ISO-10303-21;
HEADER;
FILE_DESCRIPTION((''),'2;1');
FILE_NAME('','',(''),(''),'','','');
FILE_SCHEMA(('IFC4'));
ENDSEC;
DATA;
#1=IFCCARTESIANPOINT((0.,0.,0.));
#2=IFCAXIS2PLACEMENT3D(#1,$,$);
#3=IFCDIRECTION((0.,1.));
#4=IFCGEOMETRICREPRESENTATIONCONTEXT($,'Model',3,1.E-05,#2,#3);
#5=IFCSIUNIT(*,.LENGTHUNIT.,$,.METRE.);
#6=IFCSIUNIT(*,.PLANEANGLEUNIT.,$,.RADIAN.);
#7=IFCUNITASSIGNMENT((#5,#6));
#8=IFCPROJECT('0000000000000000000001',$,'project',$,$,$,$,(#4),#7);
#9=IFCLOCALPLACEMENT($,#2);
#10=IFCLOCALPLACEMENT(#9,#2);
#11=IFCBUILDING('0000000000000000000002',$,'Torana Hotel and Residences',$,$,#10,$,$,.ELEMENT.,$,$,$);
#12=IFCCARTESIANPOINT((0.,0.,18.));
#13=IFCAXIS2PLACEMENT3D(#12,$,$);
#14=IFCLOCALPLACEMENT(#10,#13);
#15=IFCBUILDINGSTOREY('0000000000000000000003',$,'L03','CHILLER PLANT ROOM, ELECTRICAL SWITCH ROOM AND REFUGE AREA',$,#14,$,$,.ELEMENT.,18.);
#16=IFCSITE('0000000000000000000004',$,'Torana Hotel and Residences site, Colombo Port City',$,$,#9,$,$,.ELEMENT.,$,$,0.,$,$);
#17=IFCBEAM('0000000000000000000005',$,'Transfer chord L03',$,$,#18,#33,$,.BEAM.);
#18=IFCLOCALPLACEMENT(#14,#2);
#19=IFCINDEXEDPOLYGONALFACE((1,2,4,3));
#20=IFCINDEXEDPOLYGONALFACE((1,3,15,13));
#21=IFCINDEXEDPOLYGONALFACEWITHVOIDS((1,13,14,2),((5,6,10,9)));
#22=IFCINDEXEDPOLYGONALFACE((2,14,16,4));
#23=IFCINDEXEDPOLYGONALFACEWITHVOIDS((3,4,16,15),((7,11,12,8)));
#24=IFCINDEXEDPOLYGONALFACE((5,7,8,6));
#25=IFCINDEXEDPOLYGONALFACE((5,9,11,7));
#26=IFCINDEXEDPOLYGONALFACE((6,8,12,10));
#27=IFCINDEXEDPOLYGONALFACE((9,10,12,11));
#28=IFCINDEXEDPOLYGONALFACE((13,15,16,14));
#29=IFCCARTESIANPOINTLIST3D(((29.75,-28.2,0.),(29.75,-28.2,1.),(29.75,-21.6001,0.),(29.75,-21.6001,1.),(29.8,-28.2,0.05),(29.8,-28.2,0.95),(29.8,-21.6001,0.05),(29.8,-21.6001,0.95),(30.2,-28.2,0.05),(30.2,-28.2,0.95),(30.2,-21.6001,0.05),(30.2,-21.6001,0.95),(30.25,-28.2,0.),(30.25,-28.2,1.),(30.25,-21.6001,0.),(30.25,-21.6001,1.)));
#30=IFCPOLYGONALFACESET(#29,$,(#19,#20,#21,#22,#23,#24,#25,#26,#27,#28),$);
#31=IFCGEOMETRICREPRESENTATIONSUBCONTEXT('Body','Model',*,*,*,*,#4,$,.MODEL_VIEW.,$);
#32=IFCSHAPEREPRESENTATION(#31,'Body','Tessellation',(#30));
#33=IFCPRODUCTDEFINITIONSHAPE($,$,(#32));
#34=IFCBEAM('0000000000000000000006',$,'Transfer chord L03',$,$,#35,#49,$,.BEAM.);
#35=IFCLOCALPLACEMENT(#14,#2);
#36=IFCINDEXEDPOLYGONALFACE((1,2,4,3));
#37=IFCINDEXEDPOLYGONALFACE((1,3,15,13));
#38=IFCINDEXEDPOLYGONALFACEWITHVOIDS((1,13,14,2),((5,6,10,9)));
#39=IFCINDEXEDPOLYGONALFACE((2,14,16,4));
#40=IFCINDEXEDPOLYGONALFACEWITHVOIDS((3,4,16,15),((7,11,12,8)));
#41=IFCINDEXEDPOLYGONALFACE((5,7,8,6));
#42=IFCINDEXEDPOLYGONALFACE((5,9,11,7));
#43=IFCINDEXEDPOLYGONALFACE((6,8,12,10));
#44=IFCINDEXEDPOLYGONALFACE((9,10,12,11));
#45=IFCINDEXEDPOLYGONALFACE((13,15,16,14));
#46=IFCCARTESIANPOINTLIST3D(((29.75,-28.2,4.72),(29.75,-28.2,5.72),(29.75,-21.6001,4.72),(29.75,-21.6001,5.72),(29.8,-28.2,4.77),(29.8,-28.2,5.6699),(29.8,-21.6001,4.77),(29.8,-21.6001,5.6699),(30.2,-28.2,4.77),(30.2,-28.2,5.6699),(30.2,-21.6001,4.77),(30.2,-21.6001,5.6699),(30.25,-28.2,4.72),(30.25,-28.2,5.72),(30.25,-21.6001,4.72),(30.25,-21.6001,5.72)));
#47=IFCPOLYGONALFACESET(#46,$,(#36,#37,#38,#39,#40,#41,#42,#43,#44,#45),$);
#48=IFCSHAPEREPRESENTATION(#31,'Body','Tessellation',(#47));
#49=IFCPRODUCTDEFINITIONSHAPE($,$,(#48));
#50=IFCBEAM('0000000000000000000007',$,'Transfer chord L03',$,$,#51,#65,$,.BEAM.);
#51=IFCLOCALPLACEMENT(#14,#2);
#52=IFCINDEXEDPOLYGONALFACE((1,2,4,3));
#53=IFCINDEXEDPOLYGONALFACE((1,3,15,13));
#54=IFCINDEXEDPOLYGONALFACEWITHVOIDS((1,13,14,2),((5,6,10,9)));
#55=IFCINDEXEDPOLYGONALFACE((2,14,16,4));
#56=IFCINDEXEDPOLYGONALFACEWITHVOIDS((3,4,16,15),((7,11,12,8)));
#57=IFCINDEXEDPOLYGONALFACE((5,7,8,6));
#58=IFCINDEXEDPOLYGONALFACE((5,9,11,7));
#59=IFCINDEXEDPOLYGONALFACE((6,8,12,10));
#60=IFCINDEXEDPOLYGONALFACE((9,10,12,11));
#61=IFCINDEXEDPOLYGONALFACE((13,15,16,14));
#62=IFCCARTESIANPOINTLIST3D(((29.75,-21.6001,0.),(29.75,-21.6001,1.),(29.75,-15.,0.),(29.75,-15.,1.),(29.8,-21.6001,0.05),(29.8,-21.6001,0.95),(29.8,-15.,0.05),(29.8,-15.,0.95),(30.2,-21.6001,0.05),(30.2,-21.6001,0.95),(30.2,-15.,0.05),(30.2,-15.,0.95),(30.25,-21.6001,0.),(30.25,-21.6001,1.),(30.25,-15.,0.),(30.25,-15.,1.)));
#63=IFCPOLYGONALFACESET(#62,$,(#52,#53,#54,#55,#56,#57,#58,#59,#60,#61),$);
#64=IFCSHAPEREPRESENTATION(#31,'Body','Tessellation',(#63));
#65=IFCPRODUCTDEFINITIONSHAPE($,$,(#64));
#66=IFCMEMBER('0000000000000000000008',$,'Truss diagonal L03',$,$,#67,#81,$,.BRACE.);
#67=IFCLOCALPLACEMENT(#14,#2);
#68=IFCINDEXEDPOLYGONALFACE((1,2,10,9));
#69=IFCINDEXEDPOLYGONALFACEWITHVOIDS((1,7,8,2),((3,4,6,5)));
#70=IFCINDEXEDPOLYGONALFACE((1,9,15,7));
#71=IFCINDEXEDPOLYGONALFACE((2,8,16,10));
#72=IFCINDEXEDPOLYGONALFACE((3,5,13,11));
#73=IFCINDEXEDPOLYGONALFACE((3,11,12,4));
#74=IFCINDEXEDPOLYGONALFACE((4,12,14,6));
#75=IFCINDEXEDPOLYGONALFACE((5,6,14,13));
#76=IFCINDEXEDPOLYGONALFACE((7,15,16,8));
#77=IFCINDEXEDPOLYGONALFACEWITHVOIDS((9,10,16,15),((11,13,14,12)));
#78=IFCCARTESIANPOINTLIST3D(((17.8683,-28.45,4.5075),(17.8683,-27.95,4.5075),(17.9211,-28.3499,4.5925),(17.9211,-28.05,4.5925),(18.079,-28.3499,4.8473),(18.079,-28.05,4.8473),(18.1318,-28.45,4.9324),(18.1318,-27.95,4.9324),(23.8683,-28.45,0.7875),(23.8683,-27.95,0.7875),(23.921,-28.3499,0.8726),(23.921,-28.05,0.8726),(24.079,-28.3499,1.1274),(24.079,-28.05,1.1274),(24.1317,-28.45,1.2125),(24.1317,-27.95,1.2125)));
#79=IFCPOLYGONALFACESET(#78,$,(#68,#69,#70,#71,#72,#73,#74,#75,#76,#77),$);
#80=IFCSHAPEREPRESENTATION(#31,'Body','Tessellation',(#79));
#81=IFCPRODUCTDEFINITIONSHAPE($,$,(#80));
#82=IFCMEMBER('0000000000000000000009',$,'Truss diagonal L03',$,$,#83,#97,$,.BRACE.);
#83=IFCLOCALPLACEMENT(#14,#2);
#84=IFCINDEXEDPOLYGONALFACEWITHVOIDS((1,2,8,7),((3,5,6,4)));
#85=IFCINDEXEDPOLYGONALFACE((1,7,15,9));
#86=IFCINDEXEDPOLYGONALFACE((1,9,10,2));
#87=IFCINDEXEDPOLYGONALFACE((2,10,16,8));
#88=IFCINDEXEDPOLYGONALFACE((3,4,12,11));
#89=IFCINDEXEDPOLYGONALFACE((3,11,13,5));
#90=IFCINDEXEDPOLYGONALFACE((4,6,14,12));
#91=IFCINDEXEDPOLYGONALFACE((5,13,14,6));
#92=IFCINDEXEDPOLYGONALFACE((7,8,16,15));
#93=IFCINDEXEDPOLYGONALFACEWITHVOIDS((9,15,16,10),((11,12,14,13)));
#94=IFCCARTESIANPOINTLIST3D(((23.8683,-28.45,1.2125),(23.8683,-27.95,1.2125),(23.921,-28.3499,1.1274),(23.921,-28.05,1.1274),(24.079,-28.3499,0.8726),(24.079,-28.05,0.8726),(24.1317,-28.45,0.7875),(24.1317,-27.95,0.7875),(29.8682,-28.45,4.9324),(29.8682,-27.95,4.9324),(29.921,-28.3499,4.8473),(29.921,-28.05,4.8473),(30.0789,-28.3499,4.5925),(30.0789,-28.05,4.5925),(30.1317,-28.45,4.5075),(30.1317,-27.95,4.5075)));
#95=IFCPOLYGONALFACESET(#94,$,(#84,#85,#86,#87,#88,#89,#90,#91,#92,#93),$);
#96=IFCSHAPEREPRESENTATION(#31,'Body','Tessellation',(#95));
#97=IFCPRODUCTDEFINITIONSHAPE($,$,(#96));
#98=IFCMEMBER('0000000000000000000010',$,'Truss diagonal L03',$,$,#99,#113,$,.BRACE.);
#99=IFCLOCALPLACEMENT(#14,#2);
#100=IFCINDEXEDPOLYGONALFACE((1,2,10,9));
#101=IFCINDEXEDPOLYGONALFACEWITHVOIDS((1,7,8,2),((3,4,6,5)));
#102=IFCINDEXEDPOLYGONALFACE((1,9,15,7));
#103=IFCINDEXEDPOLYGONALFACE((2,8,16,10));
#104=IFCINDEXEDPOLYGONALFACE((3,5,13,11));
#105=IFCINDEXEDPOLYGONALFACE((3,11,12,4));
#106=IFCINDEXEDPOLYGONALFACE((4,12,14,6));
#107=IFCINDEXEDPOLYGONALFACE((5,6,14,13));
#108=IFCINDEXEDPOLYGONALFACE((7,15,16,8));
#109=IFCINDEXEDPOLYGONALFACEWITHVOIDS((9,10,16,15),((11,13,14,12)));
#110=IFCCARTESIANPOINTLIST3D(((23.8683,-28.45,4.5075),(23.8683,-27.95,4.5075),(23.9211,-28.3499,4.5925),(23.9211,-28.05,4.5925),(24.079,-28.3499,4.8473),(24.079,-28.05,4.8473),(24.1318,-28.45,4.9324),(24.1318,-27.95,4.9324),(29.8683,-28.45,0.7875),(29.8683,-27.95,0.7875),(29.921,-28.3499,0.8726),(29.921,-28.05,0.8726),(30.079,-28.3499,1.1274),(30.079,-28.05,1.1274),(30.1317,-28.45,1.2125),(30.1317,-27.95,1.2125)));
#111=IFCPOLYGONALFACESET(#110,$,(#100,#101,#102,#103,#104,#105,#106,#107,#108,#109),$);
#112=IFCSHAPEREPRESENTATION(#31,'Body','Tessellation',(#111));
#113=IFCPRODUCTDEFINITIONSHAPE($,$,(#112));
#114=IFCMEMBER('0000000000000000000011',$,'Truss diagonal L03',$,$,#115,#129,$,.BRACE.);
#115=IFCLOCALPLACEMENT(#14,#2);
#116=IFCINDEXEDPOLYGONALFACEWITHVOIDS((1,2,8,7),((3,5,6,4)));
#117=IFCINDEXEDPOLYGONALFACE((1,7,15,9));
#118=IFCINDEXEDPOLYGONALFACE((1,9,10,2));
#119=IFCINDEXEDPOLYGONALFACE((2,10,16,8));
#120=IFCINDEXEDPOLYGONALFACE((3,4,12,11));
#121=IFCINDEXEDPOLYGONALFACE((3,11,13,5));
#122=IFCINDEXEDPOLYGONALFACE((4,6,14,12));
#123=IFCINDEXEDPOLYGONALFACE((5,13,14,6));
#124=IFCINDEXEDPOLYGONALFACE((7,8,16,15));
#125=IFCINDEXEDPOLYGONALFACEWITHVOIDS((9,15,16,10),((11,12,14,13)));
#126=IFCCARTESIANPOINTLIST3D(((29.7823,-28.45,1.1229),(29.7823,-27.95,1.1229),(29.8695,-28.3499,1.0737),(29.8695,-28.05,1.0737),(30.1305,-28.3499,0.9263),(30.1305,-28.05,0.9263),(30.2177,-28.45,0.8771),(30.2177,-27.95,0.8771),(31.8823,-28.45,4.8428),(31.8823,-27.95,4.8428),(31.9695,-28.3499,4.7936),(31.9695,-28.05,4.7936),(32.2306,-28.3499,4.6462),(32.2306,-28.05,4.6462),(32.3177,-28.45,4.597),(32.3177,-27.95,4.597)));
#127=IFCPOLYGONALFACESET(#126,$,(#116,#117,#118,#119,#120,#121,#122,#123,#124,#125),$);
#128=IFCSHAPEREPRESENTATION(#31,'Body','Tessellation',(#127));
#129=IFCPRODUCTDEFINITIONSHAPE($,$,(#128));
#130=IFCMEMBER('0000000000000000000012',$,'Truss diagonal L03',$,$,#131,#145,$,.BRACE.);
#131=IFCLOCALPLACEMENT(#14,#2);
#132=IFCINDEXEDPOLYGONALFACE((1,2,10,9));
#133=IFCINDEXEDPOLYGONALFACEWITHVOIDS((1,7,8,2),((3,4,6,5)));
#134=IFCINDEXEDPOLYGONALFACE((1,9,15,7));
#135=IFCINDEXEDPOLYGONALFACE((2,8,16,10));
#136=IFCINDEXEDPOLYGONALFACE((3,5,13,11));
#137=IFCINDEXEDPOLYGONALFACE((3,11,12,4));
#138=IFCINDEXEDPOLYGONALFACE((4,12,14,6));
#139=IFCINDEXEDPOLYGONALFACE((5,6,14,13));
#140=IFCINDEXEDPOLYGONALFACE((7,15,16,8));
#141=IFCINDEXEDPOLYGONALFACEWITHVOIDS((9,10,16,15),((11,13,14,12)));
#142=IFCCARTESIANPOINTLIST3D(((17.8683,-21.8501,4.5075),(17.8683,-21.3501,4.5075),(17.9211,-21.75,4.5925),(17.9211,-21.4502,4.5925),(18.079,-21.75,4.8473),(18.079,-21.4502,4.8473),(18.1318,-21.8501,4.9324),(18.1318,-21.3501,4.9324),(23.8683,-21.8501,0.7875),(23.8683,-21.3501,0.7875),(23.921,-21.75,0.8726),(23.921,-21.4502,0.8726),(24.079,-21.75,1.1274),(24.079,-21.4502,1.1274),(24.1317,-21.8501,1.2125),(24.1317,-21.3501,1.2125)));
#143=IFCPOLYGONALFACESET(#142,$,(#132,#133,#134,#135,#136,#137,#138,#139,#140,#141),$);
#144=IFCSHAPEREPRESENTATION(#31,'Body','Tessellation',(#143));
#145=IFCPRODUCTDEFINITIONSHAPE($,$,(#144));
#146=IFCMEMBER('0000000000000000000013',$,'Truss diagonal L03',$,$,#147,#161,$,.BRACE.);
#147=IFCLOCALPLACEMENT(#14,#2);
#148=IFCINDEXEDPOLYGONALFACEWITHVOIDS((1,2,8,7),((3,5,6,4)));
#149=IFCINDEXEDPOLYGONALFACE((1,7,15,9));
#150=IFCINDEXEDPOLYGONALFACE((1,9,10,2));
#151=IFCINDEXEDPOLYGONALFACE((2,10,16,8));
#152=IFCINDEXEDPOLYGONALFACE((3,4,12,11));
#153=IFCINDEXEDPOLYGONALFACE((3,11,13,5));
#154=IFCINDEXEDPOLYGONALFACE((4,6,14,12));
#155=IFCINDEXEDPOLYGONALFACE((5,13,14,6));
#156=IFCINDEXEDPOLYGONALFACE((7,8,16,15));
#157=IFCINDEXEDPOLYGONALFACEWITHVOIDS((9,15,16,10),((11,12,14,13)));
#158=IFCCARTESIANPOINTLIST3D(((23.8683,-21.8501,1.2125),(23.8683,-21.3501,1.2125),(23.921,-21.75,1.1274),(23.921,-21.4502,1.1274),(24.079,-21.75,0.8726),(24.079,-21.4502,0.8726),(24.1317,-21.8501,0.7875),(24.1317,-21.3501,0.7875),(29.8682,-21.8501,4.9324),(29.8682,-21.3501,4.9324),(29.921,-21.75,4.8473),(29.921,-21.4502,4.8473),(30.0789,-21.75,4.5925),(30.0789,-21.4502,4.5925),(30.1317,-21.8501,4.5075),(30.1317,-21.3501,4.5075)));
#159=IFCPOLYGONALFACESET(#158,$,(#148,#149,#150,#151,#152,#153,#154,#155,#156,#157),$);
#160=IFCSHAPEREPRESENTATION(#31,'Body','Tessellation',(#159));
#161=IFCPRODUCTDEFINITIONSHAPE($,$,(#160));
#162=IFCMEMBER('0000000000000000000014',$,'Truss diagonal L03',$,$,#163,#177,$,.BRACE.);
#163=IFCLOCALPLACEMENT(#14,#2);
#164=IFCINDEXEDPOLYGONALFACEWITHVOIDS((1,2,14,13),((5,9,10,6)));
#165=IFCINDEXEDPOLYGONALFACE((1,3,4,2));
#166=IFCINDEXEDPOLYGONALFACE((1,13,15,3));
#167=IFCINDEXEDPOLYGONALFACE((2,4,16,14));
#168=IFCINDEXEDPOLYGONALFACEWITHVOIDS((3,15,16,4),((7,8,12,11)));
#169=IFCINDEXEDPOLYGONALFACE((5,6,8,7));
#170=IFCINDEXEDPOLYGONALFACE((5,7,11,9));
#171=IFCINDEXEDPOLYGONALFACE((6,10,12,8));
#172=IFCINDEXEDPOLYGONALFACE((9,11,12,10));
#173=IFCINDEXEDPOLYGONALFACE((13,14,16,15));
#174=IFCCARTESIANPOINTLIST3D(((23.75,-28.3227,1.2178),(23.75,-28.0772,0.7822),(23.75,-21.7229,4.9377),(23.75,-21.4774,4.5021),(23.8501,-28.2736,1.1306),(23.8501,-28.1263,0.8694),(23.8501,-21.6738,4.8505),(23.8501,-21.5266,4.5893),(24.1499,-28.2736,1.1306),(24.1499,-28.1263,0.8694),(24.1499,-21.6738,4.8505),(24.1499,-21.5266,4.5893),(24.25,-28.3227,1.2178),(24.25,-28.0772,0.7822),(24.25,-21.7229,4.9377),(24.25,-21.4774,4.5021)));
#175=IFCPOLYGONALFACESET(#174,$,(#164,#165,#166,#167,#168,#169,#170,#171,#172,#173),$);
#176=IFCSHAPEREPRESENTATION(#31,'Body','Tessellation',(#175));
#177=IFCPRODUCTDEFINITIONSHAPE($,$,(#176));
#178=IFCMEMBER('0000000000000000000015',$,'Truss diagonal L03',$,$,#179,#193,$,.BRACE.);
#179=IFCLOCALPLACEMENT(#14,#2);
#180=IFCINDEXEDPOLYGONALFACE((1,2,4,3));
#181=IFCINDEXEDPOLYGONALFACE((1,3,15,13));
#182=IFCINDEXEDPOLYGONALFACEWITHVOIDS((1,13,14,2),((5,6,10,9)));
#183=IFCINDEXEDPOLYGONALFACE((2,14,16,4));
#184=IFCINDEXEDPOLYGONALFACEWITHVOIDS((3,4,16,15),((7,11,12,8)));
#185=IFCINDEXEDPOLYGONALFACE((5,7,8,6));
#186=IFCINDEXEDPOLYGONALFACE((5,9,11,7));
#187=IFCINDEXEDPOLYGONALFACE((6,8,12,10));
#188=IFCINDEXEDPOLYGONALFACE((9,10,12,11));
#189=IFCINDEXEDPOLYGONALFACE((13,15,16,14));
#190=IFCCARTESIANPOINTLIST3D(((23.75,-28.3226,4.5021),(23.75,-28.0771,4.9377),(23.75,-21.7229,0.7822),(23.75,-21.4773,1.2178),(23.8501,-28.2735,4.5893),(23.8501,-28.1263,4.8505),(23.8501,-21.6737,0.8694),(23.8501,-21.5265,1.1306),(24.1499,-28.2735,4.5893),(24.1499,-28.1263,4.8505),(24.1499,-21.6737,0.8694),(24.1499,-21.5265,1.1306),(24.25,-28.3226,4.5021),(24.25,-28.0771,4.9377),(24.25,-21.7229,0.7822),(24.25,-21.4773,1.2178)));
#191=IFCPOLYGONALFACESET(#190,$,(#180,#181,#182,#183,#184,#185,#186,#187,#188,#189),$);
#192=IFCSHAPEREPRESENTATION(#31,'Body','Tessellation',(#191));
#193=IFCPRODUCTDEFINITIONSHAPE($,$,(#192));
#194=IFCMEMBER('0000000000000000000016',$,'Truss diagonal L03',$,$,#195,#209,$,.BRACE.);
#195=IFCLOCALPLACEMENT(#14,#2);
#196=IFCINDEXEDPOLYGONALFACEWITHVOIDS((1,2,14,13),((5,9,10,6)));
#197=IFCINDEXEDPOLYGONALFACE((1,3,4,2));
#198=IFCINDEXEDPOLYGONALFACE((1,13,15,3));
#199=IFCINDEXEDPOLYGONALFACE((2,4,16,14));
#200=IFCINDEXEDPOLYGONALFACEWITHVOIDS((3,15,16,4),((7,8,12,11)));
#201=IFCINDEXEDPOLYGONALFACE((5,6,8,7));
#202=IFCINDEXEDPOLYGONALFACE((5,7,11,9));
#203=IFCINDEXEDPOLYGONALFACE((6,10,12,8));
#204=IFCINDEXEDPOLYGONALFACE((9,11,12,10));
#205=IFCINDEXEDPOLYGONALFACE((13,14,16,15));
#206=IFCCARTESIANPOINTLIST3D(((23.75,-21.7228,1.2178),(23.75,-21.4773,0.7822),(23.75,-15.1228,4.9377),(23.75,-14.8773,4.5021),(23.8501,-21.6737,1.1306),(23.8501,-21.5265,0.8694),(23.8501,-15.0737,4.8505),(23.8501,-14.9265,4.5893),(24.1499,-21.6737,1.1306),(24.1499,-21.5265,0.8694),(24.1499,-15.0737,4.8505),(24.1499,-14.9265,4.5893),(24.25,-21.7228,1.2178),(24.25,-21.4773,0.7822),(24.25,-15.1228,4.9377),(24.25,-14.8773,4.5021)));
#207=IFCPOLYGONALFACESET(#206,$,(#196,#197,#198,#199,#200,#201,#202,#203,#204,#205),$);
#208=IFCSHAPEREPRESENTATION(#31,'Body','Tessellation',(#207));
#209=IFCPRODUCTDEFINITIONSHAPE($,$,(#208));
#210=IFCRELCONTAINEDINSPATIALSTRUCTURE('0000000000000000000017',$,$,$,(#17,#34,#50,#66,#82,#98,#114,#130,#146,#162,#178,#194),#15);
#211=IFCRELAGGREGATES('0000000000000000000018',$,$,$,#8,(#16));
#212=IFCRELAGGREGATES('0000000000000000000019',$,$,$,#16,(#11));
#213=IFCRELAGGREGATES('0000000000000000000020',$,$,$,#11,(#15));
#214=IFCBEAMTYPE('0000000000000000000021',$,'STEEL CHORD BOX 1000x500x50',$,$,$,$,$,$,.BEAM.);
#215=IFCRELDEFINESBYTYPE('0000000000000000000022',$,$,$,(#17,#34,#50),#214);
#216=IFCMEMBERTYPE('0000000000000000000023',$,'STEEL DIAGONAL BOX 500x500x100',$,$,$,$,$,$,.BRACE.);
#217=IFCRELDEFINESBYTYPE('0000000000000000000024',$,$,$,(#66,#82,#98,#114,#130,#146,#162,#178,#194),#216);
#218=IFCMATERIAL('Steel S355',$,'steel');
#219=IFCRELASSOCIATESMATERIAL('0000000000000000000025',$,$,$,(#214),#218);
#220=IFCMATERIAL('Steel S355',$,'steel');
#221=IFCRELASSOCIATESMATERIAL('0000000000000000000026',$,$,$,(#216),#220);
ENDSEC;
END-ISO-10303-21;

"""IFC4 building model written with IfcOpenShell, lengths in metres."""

from ifc_helpers import new_model, si_unit, direction, frame, origin, origin_2d, place, context, subcontext, project, spatial, hollow_rectangle, extrude, material, material_profile, profile_set, type_object, element, save


model = new_model("IFC4")

# Units and contexts
model_context = context("Model", 3, precision=1e-05, world=origin(), true_north=direction((0.0, 1.0)))
body_context = subcontext(model_context, "Body", "Model", "MODEL_VIEW")
ifc_project = project(units=[si_unit("LENGTHUNIT", "METRE"), si_unit("PLANEANGLEUNIT", "RADIAN")], contexts=[model_context])

# Site, building, storey
site_placement = place(None, origin())
site = spatial("IfcSite", under=ifc_project, at=site_placement, Name="Torana Hotel and Residences site, Colombo Port City", CompositionType="ELEMENT", RefElevation=0.0)
building_placement = place(site_placement, origin())
building = spatial("IfcBuilding", under=site, at=building_placement, Name="Torana Hotel and Residences", CompositionType="ELEMENT")
storey_placement = place(building_placement, frame((0.0, 0.0, 18.0)))
storey = spatial("IfcBuildingStorey", under=building, at=storey_placement, Name="L03", Description="CHILLER PLANT ROOM, ELECTRICAL SWITCH ROOM AND REFUGE AREA", CompositionType="ELEMENT", Elevation=18.0)

# Beams
ifc_material_1 = material(Name="Steel S355", Category="steel")
ifc_material_profile_1 = material_profile(ifc_material_1, hollow_rectangle(XDim=0.5, YDim=1.0, WallThickness=0.05, at=origin_2d()), Name="BOX 1000x500x50")
ifc_profile_set_1 = profile_set([ifc_material_profile_1], Name="Steel S355")
beam_type = type_object("IfcBeamType", Name="STEEL CHORD BOX 1000x500x50", PredefinedType="BEAM", material=ifc_profile_set_1)
for number, where, z_axis, x_axis, name in (
    (1, (30.0, -28.2, 0.5), (0.0, 1.0, 0.0), (-1.0, 0.0, 0.0), "Transfer chord L03"),
    (2, (30.0, -28.2, 5.22), (0.0, 1.0, 0.0), (-1.0, 0.0, 0.0), "Transfer chord L03"),
):
    element("IfcBeam", number, at=place(storey_placement, frame(where, z_axis=z_axis, x_axis=x_axis)), inside=storey, type_object=beam_type, Name=name, PredefinedType="BEAM", context=body_context, shape_type="SweptSolid", body=[
        extrude(hollow_rectangle(XDim=0.5, YDim=1.0, WallThickness=0.05, at=origin_2d()), origin(), (0.0, 0.0, 1.0), 6.5999),
    ])
beam_placement = place(storey_placement, frame((30.0, -21.6001, 0.5), z_axis=(0.0, 1.0, 0.0), x_axis=(-1.0, 0.0, 0.0)))
element("IfcBeam", 3, at=beam_placement, inside=storey, type_object=beam_type, Name="Transfer chord L03", PredefinedType="BEAM", context=body_context, shape_type="SweptSolid", body=[
    extrude(hollow_rectangle(XDim=0.5, YDim=1.0, WallThickness=0.05, at=origin_2d()), origin(), (0.0, 0.0, 1.0), 6.6001),
])

# Members
ifc_material_2 = material(Name="Steel S355", Category="steel")
ifc_material_profile_2 = material_profile(ifc_material_2, hollow_rectangle(XDim=0.5, YDim=0.5, WallThickness=0.1001, at=origin_2d()), Name="BOX 500x500x100")
ifc_profile_set_2 = profile_set([ifc_material_profile_2], Name="Steel S355")
member_type_1 = type_object("IfcMemberType", Name="STEEL DIAGONAL BOX 500x500x100", PredefinedType="BRACE", material=ifc_profile_set_2)
for number, where, z_axis, x_axis, name in (
    (4, (24.0, -28.2, 1.0), (-0.849905, 0.0, 0.526937), (0.0, -1.0, 0.0), "Truss diagonal L03"),
    (5, (24.0, -28.2, 1.0), (0.849905, 0.0, 0.526937), (0.0, 1.0, 0.0), "Truss diagonal L03"),
    (6, (30.0, -28.2, 1.0), (-0.849905, 0.0, 0.526937), (0.0, -1.0, 0.0), "Truss diagonal L03"),
):
    element("IfcMember", number, at=place(storey_placement, frame(where, z_axis=z_axis, x_axis=x_axis)), inside=storey, type_object=member_type_1, Name=name, PredefinedType="BRACE", context=body_context, shape_type="SweptSolid", body=[
        extrude(hollow_rectangle(XDim=0.5, YDim=0.5, WallThickness=0.1001, at=origin_2d()), origin(), (0.0, 0.0, 1.0), 7.0596),
    ])
member_1_placement = place(storey_placement, frame((30.0, -28.2, 1.0), z_axis=(0.491615, 0.0, 0.870813), x_axis=(0.0, 1.0, 0.0)))
element("IfcMember", 7, at=member_1_placement, inside=storey, type_object=member_type_1, Name="Truss diagonal L03", PredefinedType="BRACE", context=body_context, shape_type="SweptSolid", body=[
    extrude(hollow_rectangle(XDim=0.5, YDim=0.5, WallThickness=0.1001, at=origin_2d()), origin(), (0.0, 0.0, 1.0), 4.2717),
])
for number, where, z_axis, x_axis, name in (
    (8, (24.0, -21.6001, 1.0), (-0.849905, 0.0, 0.526937), (0.0, -1.0, 0.0), "Truss diagonal L03"),
    (9, (24.0, -21.6001, 1.0), (0.849905, 0.0, 0.526937), (0.0, 1.0, 0.0), "Truss diagonal L03"),
):
    element("IfcMember", number, at=place(storey_placement, frame(where, z_axis=z_axis, x_axis=x_axis)), inside=storey, type_object=member_type_1, Name=name, PredefinedType="BRACE", context=body_context, shape_type="SweptSolid", body=[
        extrude(hollow_rectangle(XDim=0.5, YDim=0.5, WallThickness=0.1001, at=origin_2d()), origin(), (0.0, 0.0, 1.0), 7.0596),
    ])
for number, where, z_axis, x_axis, name in (
    (10, (24.0, -28.2, 1.0), (0.0, 0.871149, 0.491018), (-1.0, 0.0, 0.0), "Truss diagonal L03"),
    (11, (24.0, -21.6001, 1.0), (0.0, -0.871149, 0.491018), (1.0, 0.0, 0.0), "Truss diagonal L03"),
):
    element("IfcMember", number, at=place(storey_placement, frame(where, z_axis=z_axis, x_axis=x_axis)), inside=storey, type_object=member_type_1, Name=name, PredefinedType="BRACE", context=body_context, shape_type="SweptSolid", body=[
        extrude(hollow_rectangle(XDim=0.5, YDim=0.5, WallThickness=0.1001, at=origin_2d()), origin(), (0.0, 0.0, 1.0), 7.5759),
    ])
member_2_placement = place(storey_placement, frame((24.0, -21.6001, 1.0), z_axis=(0.0, 0.871157, 0.491005), x_axis=(-1.0, 0.0, 0.0)))
element("IfcMember", 12, at=member_2_placement, inside=storey, type_object=member_type_1, Name="Truss diagonal L03", PredefinedType="BRACE", context=body_context, shape_type="SweptSolid", body=[
    extrude(hollow_rectangle(XDim=0.5, YDim=0.5, WallThickness=0.1001, at=origin_2d()), origin(), (0.0, 0.0, 1.0), 7.5762),
])

save(model, "model.ifc")
